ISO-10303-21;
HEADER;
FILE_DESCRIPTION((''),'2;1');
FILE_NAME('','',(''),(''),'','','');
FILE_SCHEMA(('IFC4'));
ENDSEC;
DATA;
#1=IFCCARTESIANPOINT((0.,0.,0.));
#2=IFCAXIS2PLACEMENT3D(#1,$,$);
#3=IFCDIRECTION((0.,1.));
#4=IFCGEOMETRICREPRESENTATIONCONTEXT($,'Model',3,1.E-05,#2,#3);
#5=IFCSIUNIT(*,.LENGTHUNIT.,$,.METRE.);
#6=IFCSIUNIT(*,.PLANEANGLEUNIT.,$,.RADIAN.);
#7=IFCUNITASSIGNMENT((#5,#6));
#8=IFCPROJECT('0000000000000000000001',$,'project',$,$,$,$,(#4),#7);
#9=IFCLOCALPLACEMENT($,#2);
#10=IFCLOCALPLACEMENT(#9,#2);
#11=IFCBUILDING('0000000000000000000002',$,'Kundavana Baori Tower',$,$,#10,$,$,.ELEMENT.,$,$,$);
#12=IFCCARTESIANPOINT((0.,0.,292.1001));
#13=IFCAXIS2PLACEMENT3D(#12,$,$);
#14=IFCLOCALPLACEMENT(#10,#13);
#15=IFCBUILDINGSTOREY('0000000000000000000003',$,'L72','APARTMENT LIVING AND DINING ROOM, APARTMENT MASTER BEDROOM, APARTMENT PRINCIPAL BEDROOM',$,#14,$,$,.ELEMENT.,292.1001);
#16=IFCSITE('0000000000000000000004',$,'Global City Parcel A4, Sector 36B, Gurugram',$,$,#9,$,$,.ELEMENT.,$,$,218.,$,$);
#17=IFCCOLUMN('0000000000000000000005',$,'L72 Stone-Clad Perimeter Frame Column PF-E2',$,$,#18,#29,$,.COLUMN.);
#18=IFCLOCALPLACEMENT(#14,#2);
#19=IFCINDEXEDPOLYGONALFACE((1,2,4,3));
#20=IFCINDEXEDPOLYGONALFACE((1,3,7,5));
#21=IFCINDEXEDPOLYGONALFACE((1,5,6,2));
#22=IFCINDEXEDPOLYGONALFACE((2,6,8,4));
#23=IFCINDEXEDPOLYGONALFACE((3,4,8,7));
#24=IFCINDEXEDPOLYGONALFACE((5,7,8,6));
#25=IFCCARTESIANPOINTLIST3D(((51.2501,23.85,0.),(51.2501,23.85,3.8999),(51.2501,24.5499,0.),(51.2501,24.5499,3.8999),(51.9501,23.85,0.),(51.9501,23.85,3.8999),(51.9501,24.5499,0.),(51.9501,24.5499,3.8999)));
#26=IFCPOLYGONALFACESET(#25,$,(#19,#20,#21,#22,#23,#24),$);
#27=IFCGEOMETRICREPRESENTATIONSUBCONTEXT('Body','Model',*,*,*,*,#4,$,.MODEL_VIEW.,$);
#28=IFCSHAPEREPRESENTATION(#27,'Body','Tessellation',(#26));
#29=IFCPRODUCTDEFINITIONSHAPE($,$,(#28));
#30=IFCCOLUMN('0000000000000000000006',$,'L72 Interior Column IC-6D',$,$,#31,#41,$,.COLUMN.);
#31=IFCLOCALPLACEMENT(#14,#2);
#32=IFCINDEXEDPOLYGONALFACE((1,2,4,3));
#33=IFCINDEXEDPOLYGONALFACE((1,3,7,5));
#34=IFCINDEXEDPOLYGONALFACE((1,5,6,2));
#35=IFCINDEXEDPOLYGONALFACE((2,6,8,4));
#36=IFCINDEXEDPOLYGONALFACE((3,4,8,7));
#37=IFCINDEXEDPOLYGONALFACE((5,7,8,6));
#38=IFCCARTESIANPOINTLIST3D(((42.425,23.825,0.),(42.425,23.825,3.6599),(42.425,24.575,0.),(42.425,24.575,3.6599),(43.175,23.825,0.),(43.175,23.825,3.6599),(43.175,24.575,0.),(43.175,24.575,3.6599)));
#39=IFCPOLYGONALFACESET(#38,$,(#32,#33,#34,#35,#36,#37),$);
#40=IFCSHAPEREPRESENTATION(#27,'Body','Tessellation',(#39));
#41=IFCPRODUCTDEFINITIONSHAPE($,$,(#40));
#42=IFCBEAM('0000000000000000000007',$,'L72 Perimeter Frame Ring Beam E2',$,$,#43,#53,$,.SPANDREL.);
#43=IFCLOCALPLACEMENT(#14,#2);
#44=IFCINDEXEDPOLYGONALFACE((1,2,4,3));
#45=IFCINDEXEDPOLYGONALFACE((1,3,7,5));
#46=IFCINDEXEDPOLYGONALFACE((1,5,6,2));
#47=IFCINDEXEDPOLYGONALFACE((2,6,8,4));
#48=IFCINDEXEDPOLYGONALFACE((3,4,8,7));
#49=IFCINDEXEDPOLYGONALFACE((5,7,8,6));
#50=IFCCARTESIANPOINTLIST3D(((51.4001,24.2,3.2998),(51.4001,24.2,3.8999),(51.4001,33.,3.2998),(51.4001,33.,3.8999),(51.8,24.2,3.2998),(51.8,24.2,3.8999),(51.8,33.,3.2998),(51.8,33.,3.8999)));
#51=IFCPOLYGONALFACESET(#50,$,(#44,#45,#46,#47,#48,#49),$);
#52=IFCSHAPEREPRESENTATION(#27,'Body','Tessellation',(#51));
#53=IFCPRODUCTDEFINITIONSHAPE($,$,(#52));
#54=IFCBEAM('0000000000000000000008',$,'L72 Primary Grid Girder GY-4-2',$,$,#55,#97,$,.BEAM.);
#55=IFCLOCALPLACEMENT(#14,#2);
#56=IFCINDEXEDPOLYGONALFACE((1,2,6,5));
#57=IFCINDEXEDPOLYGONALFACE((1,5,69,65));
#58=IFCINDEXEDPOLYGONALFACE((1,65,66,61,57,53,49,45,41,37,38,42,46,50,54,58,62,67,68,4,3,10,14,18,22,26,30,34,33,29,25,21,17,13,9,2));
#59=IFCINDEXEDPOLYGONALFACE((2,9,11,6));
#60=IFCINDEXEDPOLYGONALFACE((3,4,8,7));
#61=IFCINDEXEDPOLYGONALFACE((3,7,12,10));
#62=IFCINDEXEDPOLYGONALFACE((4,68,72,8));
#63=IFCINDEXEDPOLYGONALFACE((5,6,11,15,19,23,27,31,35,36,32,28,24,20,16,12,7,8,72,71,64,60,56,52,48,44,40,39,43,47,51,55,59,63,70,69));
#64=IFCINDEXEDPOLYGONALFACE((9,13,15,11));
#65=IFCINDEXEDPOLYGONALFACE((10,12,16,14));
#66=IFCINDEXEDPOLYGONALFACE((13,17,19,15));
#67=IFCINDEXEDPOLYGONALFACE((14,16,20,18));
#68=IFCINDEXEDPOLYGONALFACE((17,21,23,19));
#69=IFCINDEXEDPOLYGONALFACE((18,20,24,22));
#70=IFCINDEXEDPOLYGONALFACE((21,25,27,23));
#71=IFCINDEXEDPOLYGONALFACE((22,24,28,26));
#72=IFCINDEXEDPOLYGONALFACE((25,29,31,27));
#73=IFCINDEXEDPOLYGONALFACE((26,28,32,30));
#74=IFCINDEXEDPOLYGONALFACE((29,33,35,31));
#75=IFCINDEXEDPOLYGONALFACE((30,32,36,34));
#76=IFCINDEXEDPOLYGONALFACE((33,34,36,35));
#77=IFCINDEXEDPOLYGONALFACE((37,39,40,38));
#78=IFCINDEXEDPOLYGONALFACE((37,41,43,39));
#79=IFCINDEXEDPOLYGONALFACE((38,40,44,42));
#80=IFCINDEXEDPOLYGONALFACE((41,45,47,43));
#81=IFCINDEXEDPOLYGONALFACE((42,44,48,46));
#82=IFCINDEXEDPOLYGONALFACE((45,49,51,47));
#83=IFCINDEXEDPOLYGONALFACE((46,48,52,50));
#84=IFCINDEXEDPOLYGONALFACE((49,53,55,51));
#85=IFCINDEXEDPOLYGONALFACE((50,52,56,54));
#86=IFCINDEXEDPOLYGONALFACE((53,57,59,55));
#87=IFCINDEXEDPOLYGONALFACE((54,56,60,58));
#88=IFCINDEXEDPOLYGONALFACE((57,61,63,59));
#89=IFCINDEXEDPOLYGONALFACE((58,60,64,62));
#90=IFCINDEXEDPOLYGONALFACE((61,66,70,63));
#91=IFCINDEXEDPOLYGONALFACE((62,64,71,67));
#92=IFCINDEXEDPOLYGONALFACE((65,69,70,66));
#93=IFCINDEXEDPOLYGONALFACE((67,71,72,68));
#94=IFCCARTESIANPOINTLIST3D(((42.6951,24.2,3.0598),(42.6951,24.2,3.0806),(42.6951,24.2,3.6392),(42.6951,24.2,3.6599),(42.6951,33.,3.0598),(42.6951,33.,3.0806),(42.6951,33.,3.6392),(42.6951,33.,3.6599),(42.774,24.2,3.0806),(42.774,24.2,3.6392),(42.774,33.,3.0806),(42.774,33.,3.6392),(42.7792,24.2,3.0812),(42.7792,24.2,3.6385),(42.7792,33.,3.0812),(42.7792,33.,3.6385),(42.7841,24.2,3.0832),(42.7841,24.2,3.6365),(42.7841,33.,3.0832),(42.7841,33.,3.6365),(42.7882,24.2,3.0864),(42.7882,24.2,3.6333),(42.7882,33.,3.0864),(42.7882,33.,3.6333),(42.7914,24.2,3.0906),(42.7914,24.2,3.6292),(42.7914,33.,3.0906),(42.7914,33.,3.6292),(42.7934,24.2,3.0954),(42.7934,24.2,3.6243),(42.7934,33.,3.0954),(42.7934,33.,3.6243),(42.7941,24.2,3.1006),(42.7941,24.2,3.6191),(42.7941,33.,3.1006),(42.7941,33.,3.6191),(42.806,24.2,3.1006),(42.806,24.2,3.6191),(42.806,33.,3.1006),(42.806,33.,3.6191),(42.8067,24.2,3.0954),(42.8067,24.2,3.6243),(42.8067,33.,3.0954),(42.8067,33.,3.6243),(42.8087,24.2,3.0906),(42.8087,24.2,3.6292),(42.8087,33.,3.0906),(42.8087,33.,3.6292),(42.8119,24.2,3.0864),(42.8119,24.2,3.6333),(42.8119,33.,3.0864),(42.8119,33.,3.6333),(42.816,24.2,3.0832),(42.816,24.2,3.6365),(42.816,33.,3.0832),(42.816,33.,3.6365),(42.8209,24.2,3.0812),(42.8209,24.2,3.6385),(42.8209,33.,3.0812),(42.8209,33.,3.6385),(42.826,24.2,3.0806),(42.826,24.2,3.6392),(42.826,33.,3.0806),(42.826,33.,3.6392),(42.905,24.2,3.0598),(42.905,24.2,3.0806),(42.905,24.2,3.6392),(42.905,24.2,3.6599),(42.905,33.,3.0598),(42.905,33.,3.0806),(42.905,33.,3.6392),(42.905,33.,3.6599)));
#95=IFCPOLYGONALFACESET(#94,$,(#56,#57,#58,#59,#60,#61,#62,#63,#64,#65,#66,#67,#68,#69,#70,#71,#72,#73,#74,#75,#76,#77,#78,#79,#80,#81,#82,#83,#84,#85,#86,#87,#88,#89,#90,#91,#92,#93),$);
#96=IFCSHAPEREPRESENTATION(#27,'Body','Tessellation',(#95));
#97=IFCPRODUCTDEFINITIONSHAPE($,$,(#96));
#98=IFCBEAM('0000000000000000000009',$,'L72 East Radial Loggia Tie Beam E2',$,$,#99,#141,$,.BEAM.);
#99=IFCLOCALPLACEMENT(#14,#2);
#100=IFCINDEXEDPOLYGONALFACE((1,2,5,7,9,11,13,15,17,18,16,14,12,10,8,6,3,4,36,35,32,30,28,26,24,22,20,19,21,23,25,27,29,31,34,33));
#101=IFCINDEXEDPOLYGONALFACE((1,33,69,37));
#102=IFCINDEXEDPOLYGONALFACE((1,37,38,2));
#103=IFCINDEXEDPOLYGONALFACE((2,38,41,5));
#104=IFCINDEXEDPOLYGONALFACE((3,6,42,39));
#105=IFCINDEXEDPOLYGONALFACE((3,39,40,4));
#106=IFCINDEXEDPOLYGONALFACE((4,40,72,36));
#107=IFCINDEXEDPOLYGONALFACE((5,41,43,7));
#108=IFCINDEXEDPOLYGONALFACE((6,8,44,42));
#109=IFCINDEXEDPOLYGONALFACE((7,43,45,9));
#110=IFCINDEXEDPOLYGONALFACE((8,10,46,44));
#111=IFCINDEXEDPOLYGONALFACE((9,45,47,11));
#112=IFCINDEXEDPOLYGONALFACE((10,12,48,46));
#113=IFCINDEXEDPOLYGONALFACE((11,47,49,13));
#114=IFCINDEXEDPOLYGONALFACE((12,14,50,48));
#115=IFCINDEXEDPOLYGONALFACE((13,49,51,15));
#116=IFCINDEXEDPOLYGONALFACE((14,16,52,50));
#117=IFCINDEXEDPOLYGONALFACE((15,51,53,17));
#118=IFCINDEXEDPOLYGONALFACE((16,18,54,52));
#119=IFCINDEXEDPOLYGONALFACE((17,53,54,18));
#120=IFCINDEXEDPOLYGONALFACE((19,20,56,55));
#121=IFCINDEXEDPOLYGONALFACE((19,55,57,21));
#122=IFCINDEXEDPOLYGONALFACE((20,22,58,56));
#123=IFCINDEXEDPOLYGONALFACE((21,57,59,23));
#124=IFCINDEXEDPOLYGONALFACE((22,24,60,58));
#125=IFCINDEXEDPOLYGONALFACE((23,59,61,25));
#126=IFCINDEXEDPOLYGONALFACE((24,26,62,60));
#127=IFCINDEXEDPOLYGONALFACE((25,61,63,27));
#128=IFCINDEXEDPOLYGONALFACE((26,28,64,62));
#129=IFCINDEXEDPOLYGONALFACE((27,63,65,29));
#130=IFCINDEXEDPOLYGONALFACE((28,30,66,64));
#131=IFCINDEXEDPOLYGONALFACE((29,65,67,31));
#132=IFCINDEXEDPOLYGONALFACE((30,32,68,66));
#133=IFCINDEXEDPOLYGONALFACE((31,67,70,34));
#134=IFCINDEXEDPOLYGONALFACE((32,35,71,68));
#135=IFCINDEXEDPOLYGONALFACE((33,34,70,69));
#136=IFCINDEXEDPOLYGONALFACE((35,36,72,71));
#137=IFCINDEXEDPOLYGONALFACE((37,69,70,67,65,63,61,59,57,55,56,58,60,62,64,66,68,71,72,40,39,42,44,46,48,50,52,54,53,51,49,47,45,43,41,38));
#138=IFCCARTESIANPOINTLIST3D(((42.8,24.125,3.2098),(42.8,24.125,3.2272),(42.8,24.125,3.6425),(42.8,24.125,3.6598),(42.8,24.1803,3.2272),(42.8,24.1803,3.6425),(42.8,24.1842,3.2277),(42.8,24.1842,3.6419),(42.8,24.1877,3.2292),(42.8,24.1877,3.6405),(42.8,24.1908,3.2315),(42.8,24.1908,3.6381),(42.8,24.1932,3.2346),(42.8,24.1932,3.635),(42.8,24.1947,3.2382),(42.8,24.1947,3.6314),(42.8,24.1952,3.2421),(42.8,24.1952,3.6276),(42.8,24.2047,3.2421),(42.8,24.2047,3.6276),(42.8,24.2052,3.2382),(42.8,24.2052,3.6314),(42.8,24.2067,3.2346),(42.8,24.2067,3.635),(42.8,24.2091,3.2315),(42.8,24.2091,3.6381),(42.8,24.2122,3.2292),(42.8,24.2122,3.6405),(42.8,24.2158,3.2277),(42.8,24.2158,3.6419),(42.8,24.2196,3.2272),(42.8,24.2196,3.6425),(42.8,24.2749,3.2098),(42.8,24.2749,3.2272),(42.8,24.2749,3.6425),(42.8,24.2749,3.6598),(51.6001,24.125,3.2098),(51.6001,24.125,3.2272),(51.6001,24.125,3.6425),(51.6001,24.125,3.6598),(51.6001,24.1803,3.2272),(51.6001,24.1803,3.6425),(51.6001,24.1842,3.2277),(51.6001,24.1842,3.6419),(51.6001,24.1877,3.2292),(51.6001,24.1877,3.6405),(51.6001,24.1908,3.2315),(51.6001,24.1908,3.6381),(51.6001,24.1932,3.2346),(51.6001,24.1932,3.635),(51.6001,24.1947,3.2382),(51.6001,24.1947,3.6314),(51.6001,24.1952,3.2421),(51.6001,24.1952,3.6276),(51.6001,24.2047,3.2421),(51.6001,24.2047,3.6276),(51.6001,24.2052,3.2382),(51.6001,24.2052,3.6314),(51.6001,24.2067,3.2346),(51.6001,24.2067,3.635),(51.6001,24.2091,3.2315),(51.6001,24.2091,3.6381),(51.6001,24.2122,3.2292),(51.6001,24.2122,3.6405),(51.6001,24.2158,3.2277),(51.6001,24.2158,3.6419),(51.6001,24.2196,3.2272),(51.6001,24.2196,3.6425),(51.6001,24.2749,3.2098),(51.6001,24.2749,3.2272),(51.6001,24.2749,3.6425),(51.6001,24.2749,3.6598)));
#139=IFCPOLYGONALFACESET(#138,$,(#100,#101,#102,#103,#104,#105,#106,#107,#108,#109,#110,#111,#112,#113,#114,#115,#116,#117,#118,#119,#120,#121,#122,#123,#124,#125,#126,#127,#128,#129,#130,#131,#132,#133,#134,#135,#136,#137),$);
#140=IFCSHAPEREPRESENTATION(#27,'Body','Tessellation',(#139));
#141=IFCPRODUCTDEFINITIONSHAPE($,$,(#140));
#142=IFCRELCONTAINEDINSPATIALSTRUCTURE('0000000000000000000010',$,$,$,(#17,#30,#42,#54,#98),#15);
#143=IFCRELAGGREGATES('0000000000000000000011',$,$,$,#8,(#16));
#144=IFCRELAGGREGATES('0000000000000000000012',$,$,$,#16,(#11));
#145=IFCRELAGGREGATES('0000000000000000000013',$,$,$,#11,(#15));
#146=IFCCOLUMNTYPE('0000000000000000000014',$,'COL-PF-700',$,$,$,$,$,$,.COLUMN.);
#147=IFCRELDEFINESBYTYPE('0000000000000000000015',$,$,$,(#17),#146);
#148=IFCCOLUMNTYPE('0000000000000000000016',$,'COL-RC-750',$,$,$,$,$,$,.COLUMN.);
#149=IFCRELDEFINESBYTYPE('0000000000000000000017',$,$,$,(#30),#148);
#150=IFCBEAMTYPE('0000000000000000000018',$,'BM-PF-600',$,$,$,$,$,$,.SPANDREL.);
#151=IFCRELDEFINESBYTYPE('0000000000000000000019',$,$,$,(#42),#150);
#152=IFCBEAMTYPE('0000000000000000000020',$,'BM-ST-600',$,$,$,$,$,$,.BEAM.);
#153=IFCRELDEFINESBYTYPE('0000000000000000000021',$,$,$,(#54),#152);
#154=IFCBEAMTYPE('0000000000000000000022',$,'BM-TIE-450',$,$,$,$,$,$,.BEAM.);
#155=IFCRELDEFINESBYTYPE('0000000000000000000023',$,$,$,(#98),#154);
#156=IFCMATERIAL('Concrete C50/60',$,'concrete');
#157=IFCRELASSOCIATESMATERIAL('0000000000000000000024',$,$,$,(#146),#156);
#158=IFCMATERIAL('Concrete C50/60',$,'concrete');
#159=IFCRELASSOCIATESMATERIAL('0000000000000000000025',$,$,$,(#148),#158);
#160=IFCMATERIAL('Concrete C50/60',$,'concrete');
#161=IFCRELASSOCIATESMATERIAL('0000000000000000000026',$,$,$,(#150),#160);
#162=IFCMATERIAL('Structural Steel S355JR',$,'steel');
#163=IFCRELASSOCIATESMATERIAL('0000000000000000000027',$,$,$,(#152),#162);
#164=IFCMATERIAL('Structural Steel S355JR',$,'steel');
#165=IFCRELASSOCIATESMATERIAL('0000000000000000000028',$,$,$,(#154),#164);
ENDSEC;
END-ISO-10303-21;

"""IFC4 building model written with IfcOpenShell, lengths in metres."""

from ifc_helpers import new_model, si_unit, direction, frame, origin, origin_2d, place, context, subcontext, project, spatial, rectangle, i_section, extrude, material, material_profile, profile_set, type_object, element, save


model = new_model("IFC4")

# Units and contexts
model_context = context("Model", 3, precision=1e-05, world=origin(), true_north=direction((0.0, 1.0)))
body_context = subcontext(model_context, "Body", "Model", "MODEL_VIEW")
ifc_project = project(units=[si_unit("LENGTHUNIT", "METRE"), si_unit("PLANEANGLEUNIT", "RADIAN")], contexts=[model_context])

# Site, building, storey
site_placement = place(None, origin())
site = spatial("IfcSite", under=ifc_project, at=site_placement, Name="Global City Parcel A4, Sector 36B, Gurugram", CompositionType="ELEMENT", RefElevation=218.0)
building_placement = place(site_placement, origin())
building = spatial("IfcBuilding", under=site, at=building_placement, Name="Kundavana Baori Tower", CompositionType="ELEMENT")
storey_placement = place(building_placement, frame((0.0, 0.0, 292.1001)))
storey = spatial("IfcBuildingStorey", under=building, at=storey_placement, Name="L72", Description="APARTMENT LIVING AND DINING ROOM, APARTMENT MASTER BEDROOM, APARTMENT PRINCIPAL BEDROOM", CompositionType="ELEMENT", Elevation=292.1001)

# Columns
ifc_material_1 = material(Name="Concrete C50/60", Category="concrete")
ifc_material_profile_1 = material_profile(ifc_material_1, rectangle(XDim=0.7, YDim=0.7, at=origin_2d()), Name="RC PF 700x700")
ifc_profile_set_1 = profile_set([ifc_material_profile_1], Name="Concrete C50/60")
column_type_1 = type_object("IfcColumnType", Name="COL-PF-700", PredefinedType="COLUMN", material=ifc_profile_set_1)
column_1_placement = place(storey_placement, frame((51.6001, 24.2, 0.0), z_axis=(0.0, 0.0, 1.0), x_axis=(1.0, 0.0, 0.0)))
element("IfcColumn", 1, at=column_1_placement, inside=storey, type_object=column_type_1, Name="L72 Stone-Clad Perimeter Frame Column PF-E2", PredefinedType="COLUMN", context=body_context, shape_type="SweptSolid", body=[
    extrude(rectangle(XDim=0.7, YDim=0.7, at=origin_2d()), origin(), (0.0, 0.0, 1.0), 3.8999),
])
ifc_material_2 = material(Name="Concrete C50/60", Category="concrete")
ifc_material_profile_2 = material_profile(ifc_material_2, rectangle(XDim=0.75, YDim=0.75, at=origin_2d()), Name="RC 750x750")
ifc_profile_set_2 = profile_set([ifc_material_profile_2], Name="Concrete C50/60")
column_type_2 = type_object("IfcColumnType", Name="COL-RC-750", PredefinedType="COLUMN", material=ifc_profile_set_2)
column_2_placement = place(storey_placement, frame((42.8, 24.2, 0.0), z_axis=(0.0, 0.0, 1.0), x_axis=(1.0, 0.0, 0.0)))
element("IfcColumn", 2, at=column_2_placement, inside=storey, type_object=column_type_2, Name="L72 Interior Column IC-6D", PredefinedType="COLUMN", context=body_context, shape_type="SweptSolid", body=[
    extrude(rectangle(XDim=0.75, YDim=0.75, at=origin_2d()), origin(), (0.0, 0.0, 1.0), 3.6599),
])

# Beams
ifc_material_3 = material(Name="Concrete C50/60", Category="concrete")
ifc_material_profile_3 = material_profile(ifc_material_3, rectangle(XDim=0.3999, YDim=0.6001, at=origin_2d()), Name="RC BM 400x600")
ifc_profile_set_3 = profile_set([ifc_material_profile_3], Name="Concrete C50/60")
beam_type_1 = type_object("IfcBeamType", Name="BM-PF-600", PredefinedType="SPANDREL", material=ifc_profile_set_3)
beam_1_placement = place(storey_placement, frame((51.6001, 24.2, 3.5999), z_axis=(0.0, 1.0, 0.0), x_axis=(-1.0, 0.0, 0.0)))
element("IfcBeam", 3, at=beam_1_placement, inside=storey, type_object=beam_type_1, Name="L72 Perimeter Frame Ring Beam E2", PredefinedType="SPANDREL", context=body_context, shape_type="SweptSolid", body=[
    extrude(rectangle(XDim=0.3999, YDim=0.6001, at=origin_2d()), origin(), (0.0, 0.0, 1.0), 8.8),
])
ifc_material_4 = material(Name="Structural Steel S355JR", Category="steel")
ifc_material_profile_4 = material_profile(ifc_material_4, i_section(OverallWidth=0.21, OverallDepth=0.6001, WebThickness=0.012, FlangeThickness=0.0208, FilletRadius=0.02, at=origin_2d()), Name="ISMB 600")
ifc_profile_set_4 = profile_set([ifc_material_profile_4], Name="Structural Steel S355JR")
beam_type_2 = type_object("IfcBeamType", Name="BM-ST-600", PredefinedType="BEAM", material=ifc_profile_set_4)
beam_2_placement = place(storey_placement, frame((42.8, 24.2, 3.3599), z_axis=(0.0, 1.0, 0.0), x_axis=(-1.0, 0.0, 0.0)))
element("IfcBeam", 4, at=beam_2_placement, inside=storey, type_object=beam_type_2, Name="L72 Primary Grid Girder GY-4-2", PredefinedType="BEAM", context=body_context, shape_type="SweptSolid", body=[
    extrude(i_section(OverallWidth=0.21, OverallDepth=0.6001, WebThickness=0.012, FlangeThickness=0.0208, FilletRadius=0.02, at=origin_2d()), origin(), (0.0, 0.0, 1.0), 8.8),
])
ifc_material_5 = material(Name="Structural Steel S355JR", Category="steel")
ifc_material_profile_5 = material_profile(ifc_material_5, i_section(OverallWidth=0.1499, OverallDepth=0.45, WebThickness=0.0095, FlangeThickness=0.0173, FilletRadius=0.0149, at=origin_2d()), Name="ISMB 450")
ifc_profile_set_5 = profile_set([ifc_material_profile_5], Name="Structural Steel S355JR")
beam_type_3 = type_object("IfcBeamType", Name="BM-TIE-450", PredefinedType="BEAM", material=ifc_profile_set_5)
beam_3_placement = place(storey_placement, frame((42.8, 24.2, 3.4348), z_axis=(1.0, 0.0, 0.0), x_axis=(0.0, 1.0, 0.0)))
element("IfcBeam", 5, at=beam_3_placement, inside=storey, type_object=beam_type_3, Name="L72 East Radial Loggia Tie Beam E2", PredefinedType="BEAM", context=body_context, shape_type="SweptSolid", body=[
    extrude(i_section(OverallWidth=0.1499, OverallDepth=0.45, WebThickness=0.0095, FlangeThickness=0.0173, FilletRadius=0.0149, at=origin_2d()), origin(), (0.0, 0.0, 1.0), 8.8),
])

save(model, "model.ifc")
